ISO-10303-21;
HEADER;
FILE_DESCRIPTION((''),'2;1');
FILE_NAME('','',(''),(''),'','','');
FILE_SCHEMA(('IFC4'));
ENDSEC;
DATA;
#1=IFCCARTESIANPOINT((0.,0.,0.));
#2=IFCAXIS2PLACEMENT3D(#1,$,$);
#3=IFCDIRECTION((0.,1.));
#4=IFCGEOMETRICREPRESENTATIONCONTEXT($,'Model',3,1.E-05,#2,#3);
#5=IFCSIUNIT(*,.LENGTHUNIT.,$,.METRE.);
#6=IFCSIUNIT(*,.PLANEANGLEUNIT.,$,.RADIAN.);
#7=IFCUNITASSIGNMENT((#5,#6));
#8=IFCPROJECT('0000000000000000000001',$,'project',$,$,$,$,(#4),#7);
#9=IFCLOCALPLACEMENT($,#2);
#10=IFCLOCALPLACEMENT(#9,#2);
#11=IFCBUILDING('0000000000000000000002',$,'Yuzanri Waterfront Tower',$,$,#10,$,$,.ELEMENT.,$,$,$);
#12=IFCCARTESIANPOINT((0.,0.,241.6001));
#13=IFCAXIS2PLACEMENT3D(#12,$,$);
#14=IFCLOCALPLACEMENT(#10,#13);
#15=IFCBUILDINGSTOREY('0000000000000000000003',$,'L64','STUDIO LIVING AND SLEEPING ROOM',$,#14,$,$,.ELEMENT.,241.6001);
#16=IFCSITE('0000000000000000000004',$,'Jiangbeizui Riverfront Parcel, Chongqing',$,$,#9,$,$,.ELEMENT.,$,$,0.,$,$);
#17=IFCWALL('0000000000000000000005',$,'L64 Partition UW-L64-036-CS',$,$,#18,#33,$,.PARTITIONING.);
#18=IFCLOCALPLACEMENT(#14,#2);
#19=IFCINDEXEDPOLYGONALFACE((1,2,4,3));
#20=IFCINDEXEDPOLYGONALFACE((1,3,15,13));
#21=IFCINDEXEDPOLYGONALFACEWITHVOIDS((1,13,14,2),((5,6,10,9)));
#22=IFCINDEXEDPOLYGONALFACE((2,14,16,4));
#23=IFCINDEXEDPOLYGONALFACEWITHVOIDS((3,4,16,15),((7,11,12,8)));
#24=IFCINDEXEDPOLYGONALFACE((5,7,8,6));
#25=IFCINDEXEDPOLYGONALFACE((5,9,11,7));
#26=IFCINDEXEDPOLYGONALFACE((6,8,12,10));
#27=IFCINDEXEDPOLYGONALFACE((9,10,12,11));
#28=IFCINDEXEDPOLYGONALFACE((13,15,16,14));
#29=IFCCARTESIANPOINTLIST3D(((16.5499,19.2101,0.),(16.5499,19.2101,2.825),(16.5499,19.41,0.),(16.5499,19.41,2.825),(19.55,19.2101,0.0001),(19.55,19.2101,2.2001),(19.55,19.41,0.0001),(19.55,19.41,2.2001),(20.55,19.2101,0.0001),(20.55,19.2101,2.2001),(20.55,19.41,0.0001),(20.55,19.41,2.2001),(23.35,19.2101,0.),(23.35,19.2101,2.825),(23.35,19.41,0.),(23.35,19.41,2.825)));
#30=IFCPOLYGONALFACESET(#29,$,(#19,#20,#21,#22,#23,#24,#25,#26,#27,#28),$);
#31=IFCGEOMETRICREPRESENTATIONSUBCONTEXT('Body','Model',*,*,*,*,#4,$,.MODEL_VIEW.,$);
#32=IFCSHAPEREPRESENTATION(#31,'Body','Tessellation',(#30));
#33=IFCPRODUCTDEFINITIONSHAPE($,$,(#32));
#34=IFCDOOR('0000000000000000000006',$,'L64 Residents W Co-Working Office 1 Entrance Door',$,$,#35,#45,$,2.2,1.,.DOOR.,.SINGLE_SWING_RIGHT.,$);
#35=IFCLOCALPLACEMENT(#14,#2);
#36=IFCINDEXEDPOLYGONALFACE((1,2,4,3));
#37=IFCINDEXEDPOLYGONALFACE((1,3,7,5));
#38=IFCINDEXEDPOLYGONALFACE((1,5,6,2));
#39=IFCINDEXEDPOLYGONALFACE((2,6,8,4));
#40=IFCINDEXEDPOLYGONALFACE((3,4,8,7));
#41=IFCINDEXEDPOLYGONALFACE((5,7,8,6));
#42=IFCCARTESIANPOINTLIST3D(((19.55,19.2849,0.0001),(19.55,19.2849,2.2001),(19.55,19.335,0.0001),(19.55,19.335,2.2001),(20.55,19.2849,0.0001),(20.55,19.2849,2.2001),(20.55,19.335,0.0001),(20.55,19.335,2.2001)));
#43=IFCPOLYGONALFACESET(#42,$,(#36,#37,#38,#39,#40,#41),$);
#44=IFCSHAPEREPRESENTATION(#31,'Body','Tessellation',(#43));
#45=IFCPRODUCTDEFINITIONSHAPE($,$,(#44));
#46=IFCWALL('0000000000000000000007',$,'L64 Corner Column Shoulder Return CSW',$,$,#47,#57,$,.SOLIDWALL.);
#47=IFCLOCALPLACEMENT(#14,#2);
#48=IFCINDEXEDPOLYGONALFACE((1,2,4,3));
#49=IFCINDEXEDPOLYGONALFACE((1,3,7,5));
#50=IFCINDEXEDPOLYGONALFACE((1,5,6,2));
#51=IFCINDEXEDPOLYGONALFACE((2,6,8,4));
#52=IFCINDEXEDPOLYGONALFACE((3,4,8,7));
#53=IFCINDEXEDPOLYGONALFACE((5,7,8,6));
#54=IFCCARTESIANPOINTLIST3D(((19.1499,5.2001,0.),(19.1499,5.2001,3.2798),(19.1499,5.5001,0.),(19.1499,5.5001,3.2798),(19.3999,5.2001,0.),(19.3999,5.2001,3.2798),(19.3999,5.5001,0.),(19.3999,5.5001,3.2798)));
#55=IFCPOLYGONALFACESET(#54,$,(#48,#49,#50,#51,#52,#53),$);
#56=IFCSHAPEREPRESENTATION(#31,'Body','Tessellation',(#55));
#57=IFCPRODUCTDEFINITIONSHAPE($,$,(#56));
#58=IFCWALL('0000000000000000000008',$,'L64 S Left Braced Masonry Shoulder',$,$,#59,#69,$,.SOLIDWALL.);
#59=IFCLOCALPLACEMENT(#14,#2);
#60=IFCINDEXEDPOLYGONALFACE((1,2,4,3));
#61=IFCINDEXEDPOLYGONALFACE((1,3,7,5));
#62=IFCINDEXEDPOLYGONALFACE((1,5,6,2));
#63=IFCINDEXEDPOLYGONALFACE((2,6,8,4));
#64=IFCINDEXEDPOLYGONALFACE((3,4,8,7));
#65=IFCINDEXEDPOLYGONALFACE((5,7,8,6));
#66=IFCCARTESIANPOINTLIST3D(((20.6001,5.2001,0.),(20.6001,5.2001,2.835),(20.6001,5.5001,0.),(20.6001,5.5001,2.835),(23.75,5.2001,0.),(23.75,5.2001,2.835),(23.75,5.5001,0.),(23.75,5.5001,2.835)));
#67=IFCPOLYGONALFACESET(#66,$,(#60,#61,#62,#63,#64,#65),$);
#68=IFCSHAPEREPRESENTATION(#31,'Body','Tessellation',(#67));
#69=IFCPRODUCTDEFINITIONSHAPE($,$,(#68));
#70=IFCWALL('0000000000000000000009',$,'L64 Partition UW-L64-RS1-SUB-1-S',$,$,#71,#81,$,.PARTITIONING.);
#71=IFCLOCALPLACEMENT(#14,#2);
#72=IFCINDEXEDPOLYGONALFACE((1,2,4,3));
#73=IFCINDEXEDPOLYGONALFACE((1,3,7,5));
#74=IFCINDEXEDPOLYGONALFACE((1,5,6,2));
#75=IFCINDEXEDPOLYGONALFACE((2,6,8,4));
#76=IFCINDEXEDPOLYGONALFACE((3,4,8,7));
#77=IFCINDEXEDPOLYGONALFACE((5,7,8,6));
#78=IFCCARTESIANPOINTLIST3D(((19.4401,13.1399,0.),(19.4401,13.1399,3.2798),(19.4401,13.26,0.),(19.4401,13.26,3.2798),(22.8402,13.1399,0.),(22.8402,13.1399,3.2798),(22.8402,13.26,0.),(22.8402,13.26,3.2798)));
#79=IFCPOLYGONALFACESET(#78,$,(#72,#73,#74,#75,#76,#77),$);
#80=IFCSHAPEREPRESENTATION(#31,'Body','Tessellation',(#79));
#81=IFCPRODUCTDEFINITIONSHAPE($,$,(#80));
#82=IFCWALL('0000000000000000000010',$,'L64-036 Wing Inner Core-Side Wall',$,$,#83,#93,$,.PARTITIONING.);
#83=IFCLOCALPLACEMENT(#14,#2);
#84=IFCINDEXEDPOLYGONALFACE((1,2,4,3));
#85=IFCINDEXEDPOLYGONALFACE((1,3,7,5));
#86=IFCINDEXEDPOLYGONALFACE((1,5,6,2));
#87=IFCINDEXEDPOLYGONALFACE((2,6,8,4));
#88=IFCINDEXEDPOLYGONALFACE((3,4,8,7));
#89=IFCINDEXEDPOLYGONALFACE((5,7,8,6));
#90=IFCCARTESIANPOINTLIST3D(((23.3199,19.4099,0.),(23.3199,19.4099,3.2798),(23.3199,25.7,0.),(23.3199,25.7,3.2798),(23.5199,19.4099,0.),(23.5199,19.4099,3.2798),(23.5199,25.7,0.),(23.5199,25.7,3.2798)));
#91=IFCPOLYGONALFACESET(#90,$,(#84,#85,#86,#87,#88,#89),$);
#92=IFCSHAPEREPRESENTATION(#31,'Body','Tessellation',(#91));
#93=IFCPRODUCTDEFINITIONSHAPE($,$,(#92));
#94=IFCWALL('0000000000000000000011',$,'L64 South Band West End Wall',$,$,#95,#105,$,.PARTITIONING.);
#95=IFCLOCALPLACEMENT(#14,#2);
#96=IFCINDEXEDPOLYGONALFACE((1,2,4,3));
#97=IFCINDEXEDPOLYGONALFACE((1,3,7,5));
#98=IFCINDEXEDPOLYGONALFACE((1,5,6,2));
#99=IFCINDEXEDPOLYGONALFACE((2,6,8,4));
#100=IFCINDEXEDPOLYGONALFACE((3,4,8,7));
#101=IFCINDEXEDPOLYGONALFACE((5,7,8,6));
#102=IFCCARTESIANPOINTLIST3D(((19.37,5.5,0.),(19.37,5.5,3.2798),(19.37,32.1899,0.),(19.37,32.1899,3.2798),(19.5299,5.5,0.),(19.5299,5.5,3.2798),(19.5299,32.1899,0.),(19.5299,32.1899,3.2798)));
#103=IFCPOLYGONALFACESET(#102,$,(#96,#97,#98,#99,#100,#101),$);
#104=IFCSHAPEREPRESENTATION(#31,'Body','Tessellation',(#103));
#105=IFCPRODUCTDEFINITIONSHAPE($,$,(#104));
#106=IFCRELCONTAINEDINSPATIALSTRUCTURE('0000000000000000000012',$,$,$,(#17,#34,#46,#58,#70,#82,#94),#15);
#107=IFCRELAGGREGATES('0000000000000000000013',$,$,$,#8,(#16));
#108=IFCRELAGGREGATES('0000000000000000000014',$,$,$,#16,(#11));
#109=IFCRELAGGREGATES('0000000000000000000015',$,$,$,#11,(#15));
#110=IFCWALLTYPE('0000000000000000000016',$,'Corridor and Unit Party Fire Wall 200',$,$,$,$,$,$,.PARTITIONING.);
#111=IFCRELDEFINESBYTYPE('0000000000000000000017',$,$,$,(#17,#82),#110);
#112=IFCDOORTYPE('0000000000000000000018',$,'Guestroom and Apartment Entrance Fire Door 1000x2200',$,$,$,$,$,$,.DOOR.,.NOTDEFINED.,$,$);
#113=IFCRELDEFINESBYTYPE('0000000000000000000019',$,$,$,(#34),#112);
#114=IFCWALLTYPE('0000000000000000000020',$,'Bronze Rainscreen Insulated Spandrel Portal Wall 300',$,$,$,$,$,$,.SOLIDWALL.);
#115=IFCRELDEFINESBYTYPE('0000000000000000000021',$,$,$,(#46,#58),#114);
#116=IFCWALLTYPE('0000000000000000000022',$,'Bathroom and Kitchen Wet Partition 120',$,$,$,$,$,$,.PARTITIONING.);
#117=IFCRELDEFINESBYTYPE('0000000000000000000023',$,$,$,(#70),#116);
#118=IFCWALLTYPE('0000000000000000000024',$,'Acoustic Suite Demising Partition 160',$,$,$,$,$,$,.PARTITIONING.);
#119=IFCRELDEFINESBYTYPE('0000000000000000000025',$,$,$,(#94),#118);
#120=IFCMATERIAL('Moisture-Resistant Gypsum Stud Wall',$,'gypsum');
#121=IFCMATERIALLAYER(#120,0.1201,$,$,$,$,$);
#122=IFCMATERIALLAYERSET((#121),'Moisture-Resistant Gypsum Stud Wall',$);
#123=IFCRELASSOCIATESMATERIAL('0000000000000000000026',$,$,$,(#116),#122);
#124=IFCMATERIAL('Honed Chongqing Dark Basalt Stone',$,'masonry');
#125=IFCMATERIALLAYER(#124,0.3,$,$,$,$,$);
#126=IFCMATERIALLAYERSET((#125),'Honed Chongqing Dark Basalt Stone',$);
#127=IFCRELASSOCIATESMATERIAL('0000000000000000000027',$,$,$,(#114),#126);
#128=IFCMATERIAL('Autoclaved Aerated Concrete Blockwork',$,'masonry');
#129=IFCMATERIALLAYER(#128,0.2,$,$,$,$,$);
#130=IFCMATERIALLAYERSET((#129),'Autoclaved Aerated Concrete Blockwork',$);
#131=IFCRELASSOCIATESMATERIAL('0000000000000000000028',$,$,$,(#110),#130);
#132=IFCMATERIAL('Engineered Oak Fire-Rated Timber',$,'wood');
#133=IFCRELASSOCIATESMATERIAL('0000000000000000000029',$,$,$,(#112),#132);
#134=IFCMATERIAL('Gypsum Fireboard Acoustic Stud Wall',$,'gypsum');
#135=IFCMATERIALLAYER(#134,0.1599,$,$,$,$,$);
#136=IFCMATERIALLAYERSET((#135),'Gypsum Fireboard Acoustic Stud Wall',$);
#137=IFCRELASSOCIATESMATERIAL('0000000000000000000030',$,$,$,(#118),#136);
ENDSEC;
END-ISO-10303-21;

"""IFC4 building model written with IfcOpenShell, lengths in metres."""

from ifc_helpers import new_model, si_unit, direction, frame, frame_2d, origin, place, context, subcontext, project, spatial, rectangle, extrude, source, transform, mapped, material, layer, layer_set, type_object, element, fill, save


model = new_model("IFC4")

# Units and contexts
model_context = context("Model", 3, precision=1e-05, world=origin(), true_north=direction((0.0, 1.0)))
body_context = subcontext(model_context, "Body", "Model", "MODEL_VIEW")
ifc_project = project(units=[si_unit("LENGTHUNIT", "METRE"), si_unit("PLANEANGLEUNIT", "RADIAN")], contexts=[model_context])

# Site, building, storey
site_placement = place(None, origin())
site = spatial("IfcSite", under=ifc_project, at=site_placement, Name="Jiangbeizui Riverfront Parcel, Chongqing", CompositionType="ELEMENT", RefElevation=0.0)
building_placement = place(site_placement, origin())
building = spatial("IfcBuilding", under=site, at=building_placement, Name="Yuzanri Waterfront Tower", CompositionType="ELEMENT")
storey_placement = place(building_placement, frame((0.0, 0.0, 241.6001)))
storey = spatial("IfcBuildingStorey", under=building, at=storey_placement, Name="L64", Description="STUDIO LIVING AND SLEEPING ROOM", CompositionType="ELEMENT", Elevation=241.6001)

# Shared definitions
ifc_material_1 = material(Name="Moisture-Resistant Gypsum Stud Wall", Category="gypsum")
ifc_layer_1 = layer(ifc_material_1, 0.1201)
ifc_layer_set_1 = layer_set([ifc_layer_1], Name="Moisture-Resistant Gypsum Stud Wall")
wall_type_1 = type_object("IfcWallType", Name="Bathroom and Kitchen Wet Partition 120", PredefinedType="PARTITIONING", material=ifc_layer_set_1)

# Shared definitions
ifc_material_2 = material(Name="Honed Chongqing Dark Basalt Stone", Category="masonry")
ifc_layer_2 = layer(ifc_material_2, 0.3)
ifc_layer_set_2 = layer_set([ifc_layer_2], Name="Honed Chongqing Dark Basalt Stone")
wall_type_2 = type_object("IfcWallType", Name="Bronze Rainscreen Insulated Spandrel Portal Wall 300", PredefinedType="SOLIDWALL", material=ifc_layer_set_2)

# Wall, opening, door
ifc_material_3 = material(Name="Autoclaved Aerated Concrete Blockwork", Category="masonry")
ifc_layer_3 = layer(ifc_material_3, 0.2)
ifc_layer_set_3 = layer_set([ifc_layer_3], Name="Autoclaved Aerated Concrete Blockwork")
wall_type_3 = type_object("IfcWallType", Name="Corridor and Unit Party Fire Wall 200", PredefinedType="PARTITIONING", material=ifc_layer_set_3)
ifc_material_4 = material(Name="Engineered Oak Fire-Rated Timber", Category="wood")
door_type_1 = type_object("IfcDoorType", Name="Guestroom and Apartment Entrance Fire Door 1000x2200", OperationType="NOTDEFINED", PredefinedType="DOOR", material=ifc_material_4)
shared_shape_1 = source(origin(), body_context, "Body", "SweptSolid", [
    extrude(rectangle(XDim=1.0, YDim=2.2, at=frame_2d((0.5, 1.1001))), frame((0.0, 0.0249, 0.0), z_axis=(0.0, -1.0, 0.0), x_axis=(1.0, 0.0, 0.0)), (0.0, 0.0, 1.0), 0.05),
])
wall_1_placement = place(storey_placement, frame((16.55, 19.3101, 0.0), z_axis=(0.0, 0.0, 1.0), x_axis=(1.0, 0.0, 0.0)))
wall_1 = element("IfcWall", 1, at=wall_1_placement, inside=storey, type_object=wall_type_3, Name="L64 Partition UW-L64-036-CS", PredefinedType="PARTITIONING", context=body_context, shape_type="SweptSolid", body=[
    extrude(rectangle(XDim=6.8, YDim=0.2, at=frame_2d((3.3999, 0.0))), origin(), (0.0, 0.0, 1.0), 2.825),
])
opening_1_placement = place(wall_1_placement, frame((3.0, 0.0, 0.0)))
opening_1 = element("IfcOpeningElement", 2, at=opening_1_placement, cuts=wall_1, PredefinedType="OPENING", context=body_context, shape_type="SweptSolid", body=[
    extrude(rectangle(XDim=1.0, YDim=2.2, at=frame_2d((0.5, 1.1001))), frame((0.0, 0.1147, 0.0), z_axis=(0.0, -1.0, 0.0), x_axis=(1.0, 0.0, 0.0)), (0.0, 0.0, 1.0), 0.2297),
])
door_1_placement = place(opening_1_placement, origin())
door_1 = element("IfcDoor", 3, at=door_1_placement, inside=storey, type_object=door_type_1, Name="L64 Residents W Co-Working Office 1 Entrance Door", OperationType="SINGLE_SWING_RIGHT", OverallHeight=2.2, OverallWidth=1.0, PredefinedType="DOOR", context=body_context, shape_type="MappedRepresentation", body=[
    mapped(shared_shape_1, transform((0.0, 0.0, 0.0), scale=1.0)),
])
fill(opening_1, door_1)

# Walls
shared_shape_2 = source(origin(), body_context, "Body", "SweptSolid", [
    extrude(rectangle(XDim=0.25, YDim=0.3, at=frame_2d((0.125, 0.0))), origin(), (0.0, 0.0, 1.0), 3.2798),
])
wall_2_placement = place(storey_placement, frame((19.1499, 5.3501, 0.0), z_axis=(0.0, 0.0, 1.0), x_axis=(1.0, 0.0, 0.0)))
element("IfcWall", 4, at=wall_2_placement, inside=storey, type_object=wall_type_2, Name="L64 Corner Column Shoulder Return CSW", PredefinedType="SOLIDWALL", context=body_context, shape_type="MappedRepresentation", body=[
    mapped(shared_shape_2, transform((0.0, 0.0, 0.0), scale=1.0)),
])
shared_shape_3 = source(origin(), body_context, "Body", "SweptSolid", [
    extrude(rectangle(XDim=3.1499, YDim=0.3, at=frame_2d((1.575, 0.0))), origin(), (0.0, 0.0, 1.0), 2.835),
])
wall_3_placement = place(storey_placement, frame((20.6001, 5.3501, 0.0), z_axis=(0.0, 0.0, 1.0), x_axis=(1.0, 0.0, 0.0)))
element("IfcWall", 5, at=wall_3_placement, inside=storey, type_object=wall_type_2, Name="L64 S Left Braced Masonry Shoulder", PredefinedType="SOLIDWALL", context=body_context, shape_type="MappedRepresentation", body=[
    mapped(shared_shape_3, transform((0.0, 0.0, 0.0), scale=1.0)),
])
shared_shape_4 = source(origin(), body_context, "Body", "SweptSolid", [
    extrude(rectangle(XDim=3.4001, YDim=0.1201, at=frame_2d((1.7002, 0.0))), origin(), (0.0, 0.0, 1.0), 3.2798),
])
wall_4_placement = place(storey_placement, frame((19.4399, 13.2, 0.0), z_axis=(0.0, 0.0, 1.0), x_axis=(1.0, 0.0, 0.0)))
element("IfcWall", 6, at=wall_4_placement, inside=storey, type_object=wall_type_1, Name="L64 Partition UW-L64-RS1-SUB-1-S", PredefinedType="PARTITIONING", context=body_context, shape_type="MappedRepresentation", body=[
    mapped(shared_shape_4, transform((0.0, 0.0, 0.0), scale=1.0)),
])
shared_shape_5 = source(origin(), body_context, "Body", "SweptSolid", [
    extrude(rectangle(XDim=6.29, YDim=0.2, at=frame_2d((3.145, 0.0))), origin(), (0.0, 0.0, 1.0), 3.2798),
])
wall_5_placement = place(storey_placement, frame((23.4199, 19.4099, 0.0), z_axis=(0.0, 0.0, 1.0), x_axis=(0.0, 1.0, 0.0)))
element("IfcWall", 7, at=wall_5_placement, inside=storey, type_object=wall_type_3, Name="L64-036 Wing Inner Core-Side Wall", PredefinedType="PARTITIONING", context=body_context, shape_type="MappedRepresentation", body=[
    mapped(shared_shape_5, transform((0.0, 0.0, 0.0), scale=1.0)),
])
ifc_material_5 = material(Name="Gypsum Fireboard Acoustic Stud Wall", Category="gypsum")
ifc_layer_4 = layer(ifc_material_5, 0.1599)
ifc_layer_set_4 = layer_set([ifc_layer_4], Name="Gypsum Fireboard Acoustic Stud Wall")
wall_type_4 = type_object("IfcWallType", Name="Acoustic Suite Demising Partition 160", PredefinedType="PARTITIONING", material=ifc_layer_set_4)
shared_shape_6 = source(origin(), body_context, "Body", "SweptSolid", [
    extrude(rectangle(XDim=26.6899, YDim=0.1599, at=frame_2d((13.345, 0.0))), origin(), (0.0, 0.0, 1.0), 3.2798),
])
wall_6_placement = place(storey_placement, frame((19.45, 5.5, 0.0), z_axis=(0.0, 0.0, 1.0), x_axis=(0.0, 1.0, 0.0)))
element("IfcWall", 8, at=wall_6_placement, inside=storey, type_object=wall_type_4, Name="L64 South Band West End Wall", PredefinedType="PARTITIONING", context=body_context, shape_type="MappedRepresentation", body=[
    mapped(shared_shape_6, transform((0.0, 0.0, 0.0), scale=1.0)),
])

save(model, "model.ifc")
